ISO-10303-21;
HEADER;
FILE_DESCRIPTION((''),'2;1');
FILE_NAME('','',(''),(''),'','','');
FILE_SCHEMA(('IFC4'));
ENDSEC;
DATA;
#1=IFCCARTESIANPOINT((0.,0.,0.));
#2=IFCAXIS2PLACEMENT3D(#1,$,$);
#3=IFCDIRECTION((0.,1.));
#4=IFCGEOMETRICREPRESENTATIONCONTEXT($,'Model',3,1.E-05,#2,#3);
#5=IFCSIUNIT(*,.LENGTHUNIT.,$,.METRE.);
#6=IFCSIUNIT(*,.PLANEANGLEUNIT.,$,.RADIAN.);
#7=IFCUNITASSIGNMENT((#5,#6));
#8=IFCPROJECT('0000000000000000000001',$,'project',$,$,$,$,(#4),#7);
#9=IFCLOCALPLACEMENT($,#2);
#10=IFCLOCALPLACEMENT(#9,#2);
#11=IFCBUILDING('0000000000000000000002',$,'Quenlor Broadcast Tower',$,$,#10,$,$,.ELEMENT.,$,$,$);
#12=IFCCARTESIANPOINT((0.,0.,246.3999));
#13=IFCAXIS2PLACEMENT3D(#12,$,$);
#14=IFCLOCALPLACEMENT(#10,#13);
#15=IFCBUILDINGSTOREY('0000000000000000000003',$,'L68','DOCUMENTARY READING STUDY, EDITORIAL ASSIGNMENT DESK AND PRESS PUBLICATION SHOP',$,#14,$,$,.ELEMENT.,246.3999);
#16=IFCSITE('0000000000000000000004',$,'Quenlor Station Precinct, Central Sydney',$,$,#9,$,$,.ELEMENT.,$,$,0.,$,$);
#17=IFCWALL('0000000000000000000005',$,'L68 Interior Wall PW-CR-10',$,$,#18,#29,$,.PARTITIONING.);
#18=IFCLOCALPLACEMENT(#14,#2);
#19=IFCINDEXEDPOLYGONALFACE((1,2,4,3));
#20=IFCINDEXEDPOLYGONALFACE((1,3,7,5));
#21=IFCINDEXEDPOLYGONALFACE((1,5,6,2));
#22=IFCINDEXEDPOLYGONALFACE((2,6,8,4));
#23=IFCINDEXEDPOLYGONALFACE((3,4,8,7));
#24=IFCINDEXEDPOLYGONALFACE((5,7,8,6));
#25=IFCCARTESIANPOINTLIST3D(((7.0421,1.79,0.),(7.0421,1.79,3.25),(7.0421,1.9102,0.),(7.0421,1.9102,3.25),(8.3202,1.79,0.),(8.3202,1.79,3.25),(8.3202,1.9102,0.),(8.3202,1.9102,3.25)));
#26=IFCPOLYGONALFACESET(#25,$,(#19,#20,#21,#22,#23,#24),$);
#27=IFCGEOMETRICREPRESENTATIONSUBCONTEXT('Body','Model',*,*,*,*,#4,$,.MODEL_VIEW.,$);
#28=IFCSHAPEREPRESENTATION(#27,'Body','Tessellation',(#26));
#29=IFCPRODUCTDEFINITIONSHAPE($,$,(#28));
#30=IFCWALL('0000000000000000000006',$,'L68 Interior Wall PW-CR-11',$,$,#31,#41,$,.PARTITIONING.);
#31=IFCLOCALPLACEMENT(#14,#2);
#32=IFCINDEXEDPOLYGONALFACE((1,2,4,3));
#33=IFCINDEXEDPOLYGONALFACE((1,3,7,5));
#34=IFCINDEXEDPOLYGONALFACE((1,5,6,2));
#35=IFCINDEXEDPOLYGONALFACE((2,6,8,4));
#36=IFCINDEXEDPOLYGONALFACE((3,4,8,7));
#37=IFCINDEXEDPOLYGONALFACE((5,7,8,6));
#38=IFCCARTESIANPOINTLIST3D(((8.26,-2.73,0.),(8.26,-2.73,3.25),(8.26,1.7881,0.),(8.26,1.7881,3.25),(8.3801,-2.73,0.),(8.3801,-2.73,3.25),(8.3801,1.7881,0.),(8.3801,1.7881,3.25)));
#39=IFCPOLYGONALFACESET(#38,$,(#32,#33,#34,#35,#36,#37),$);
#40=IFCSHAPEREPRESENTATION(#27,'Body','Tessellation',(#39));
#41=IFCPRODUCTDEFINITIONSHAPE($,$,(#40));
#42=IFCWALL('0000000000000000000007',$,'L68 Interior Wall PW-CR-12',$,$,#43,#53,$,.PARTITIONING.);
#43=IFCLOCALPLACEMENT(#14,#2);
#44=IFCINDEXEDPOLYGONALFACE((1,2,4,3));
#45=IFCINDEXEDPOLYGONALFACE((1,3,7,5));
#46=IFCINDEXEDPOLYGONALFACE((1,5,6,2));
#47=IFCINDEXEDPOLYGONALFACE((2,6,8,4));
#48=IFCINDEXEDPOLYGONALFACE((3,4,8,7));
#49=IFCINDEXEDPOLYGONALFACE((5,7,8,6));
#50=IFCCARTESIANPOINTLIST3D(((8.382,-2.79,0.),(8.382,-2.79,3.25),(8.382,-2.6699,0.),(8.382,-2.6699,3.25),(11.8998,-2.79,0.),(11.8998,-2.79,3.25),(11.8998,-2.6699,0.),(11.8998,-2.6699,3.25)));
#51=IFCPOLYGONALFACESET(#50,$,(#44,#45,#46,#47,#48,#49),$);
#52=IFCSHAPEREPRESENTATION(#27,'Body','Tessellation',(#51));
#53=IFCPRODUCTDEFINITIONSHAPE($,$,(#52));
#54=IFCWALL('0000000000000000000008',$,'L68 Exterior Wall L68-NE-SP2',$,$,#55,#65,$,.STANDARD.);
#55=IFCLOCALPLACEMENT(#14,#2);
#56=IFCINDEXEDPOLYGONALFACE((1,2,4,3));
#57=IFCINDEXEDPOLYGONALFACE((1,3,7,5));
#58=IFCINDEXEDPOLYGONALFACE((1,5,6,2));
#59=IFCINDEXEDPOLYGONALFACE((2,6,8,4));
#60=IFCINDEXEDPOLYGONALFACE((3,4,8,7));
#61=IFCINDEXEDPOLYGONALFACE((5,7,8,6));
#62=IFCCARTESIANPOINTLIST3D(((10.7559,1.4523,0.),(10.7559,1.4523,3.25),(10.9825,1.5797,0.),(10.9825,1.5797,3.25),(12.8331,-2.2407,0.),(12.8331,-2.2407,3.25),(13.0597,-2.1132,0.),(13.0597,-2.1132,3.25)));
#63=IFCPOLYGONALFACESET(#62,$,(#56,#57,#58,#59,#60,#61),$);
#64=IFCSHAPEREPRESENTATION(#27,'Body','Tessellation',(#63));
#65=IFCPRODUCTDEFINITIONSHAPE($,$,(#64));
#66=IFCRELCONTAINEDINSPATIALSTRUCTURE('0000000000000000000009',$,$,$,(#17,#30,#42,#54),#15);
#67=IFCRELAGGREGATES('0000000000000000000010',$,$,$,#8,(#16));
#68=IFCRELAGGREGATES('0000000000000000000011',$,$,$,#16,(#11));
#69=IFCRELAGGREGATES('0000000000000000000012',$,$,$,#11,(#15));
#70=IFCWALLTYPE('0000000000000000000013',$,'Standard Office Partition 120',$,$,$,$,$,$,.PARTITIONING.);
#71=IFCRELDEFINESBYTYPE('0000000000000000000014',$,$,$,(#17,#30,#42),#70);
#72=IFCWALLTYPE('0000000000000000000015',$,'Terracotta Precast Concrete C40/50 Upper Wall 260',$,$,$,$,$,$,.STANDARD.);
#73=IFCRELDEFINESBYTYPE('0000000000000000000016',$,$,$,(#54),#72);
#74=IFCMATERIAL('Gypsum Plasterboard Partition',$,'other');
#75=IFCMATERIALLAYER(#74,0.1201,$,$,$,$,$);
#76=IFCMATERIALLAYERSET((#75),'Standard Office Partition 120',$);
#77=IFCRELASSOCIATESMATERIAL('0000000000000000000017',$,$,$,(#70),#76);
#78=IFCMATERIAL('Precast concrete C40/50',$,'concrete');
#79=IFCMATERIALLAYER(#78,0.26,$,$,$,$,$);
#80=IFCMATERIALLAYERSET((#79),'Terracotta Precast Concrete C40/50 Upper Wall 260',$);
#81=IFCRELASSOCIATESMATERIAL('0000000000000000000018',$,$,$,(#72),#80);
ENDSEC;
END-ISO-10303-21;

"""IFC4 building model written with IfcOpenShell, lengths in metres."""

from ifc_helpers import new_model, si_unit, direction, frame, frame_2d, origin, place, context, subcontext, project, spatial, rectangle, extrude, material, layer, layer_set, type_object, element, save


model = new_model("IFC4")

# Units and contexts
model_context = context("Model", 3, precision=1e-05, world=origin(), true_north=direction((0.0, 1.0)))
body_context = subcontext(model_context, "Body", "Model", "MODEL_VIEW")
ifc_project = project(units=[si_unit("LENGTHUNIT", "METRE"), si_unit("PLANEANGLEUNIT", "RADIAN")], contexts=[model_context])

# Site, building, storey
site_placement = place(None, origin())
site = spatial("IfcSite", under=ifc_project, at=site_placement, Name="Quenlor Station Precinct, Central Sydney", CompositionType="ELEMENT", RefElevation=0.0)
building_placement = place(site_placement, origin())
building = spatial("IfcBuilding", under=site, at=building_placement, Name="Quenlor Broadcast Tower", CompositionType="ELEMENT")
storey_placement = place(building_placement, frame((0.0, 0.0, 246.3999)))
storey = spatial("IfcBuildingStorey", under=building, at=storey_placement, Name="L68", Description="DOCUMENTARY READING STUDY, EDITORIAL ASSIGNMENT DESK AND PRESS PUBLICATION SHOP", CompositionType="ELEMENT", Elevation=246.3999)

# Shared definitions
ifc_material_1 = material(Name="Gypsum Plasterboard Partition", Category="other")
ifc_layer_1 = layer(ifc_material_1, 0.1201)
ifc_layer_set_1 = layer_set([ifc_layer_1], Name="Standard Office Partition 120")
wall_type_1 = type_object("IfcWallType", Name="Standard Office Partition 120", PredefinedType="PARTITIONING", material=ifc_layer_set_1)

# Walls
wall_1_placement = place(storey_placement, frame((7.042, 1.8501, 0.0), z_axis=(0.0, 0.0, 1.0), x_axis=(1.0, 0.0, 0.0)))
element("IfcWall", 1, at=wall_1_placement, inside=storey, type_object=wall_type_1, Name="L68 Interior Wall PW-CR-10", PredefinedType="PARTITIONING", context=body_context, shape_type="SweptSolid", body=[
    extrude(rectangle(XDim=1.2781, YDim=0.1201, at=frame_2d((0.6392, 0.0))), origin(), (0.0, 0.0, 1.0), 3.25),
])
wall_2_placement = place(storey_placement, frame((8.3201, 1.7881, 0.0), z_axis=(0.0, 0.0, 1.0), x_axis=(0.0, -1.0, 0.0)))
element("IfcWall", 2, at=wall_2_placement, inside=storey, type_object=wall_type_1, Name="L68 Interior Wall PW-CR-11", PredefinedType="PARTITIONING", context=body_context, shape_type="SweptSolid", body=[
    extrude(rectangle(XDim=4.5181, YDim=0.1201, at=frame_2d((2.259, 0.0))), origin(), (0.0, 0.0, 1.0), 3.25),
])
wall_3_placement = place(storey_placement, frame((8.3821, -2.73, 0.0), z_axis=(0.0, 0.0, 1.0), x_axis=(1.0, 0.0, 0.0)))
element("IfcWall", 3, at=wall_3_placement, inside=storey, type_object=wall_type_1, Name="L68 Interior Wall PW-CR-12", PredefinedType="PARTITIONING", context=body_context, shape_type="SweptSolid", body=[
    extrude(rectangle(XDim=3.5178, YDim=0.1201, at=frame_2d((1.7588, 0.0))), origin(), (0.0, 0.0, 1.0), 3.25),
])
ifc_material_2 = material(Name="Precast concrete C40/50", Category="concrete")
ifc_layer_2 = layer(ifc_material_2, 0.26)
ifc_layer_set_2 = layer_set([ifc_layer_2], Name="Terracotta Precast Concrete C40/50 Upper Wall 260")
wall_type_2 = type_object("IfcWallType", Name="Terracotta Precast Concrete C40/50 Upper Wall 260", PredefinedType="STANDARD", material=ifc_layer_set_2)
wall_4_placement = place(storey_placement, frame((10.8691, 1.5161, 0.0), z_axis=(0.0, 0.0, 1.0), x_axis=(0.490245, -0.871585, 0.0)))
element("IfcWall", 4, at=wall_4_placement, inside=storey, type_object=wall_type_2, Name="L68 Exterior Wall L68-NE-SP2", PredefinedType="STANDARD", context=body_context, shape_type="SweptSolid", body=[
    extrude(rectangle(XDim=4.2371, YDim=0.26, at=frame_2d((2.1187, 0.0))), origin(), (0.0, 0.0, 1.0), 3.25),
])

save(model, "model.ifc")
